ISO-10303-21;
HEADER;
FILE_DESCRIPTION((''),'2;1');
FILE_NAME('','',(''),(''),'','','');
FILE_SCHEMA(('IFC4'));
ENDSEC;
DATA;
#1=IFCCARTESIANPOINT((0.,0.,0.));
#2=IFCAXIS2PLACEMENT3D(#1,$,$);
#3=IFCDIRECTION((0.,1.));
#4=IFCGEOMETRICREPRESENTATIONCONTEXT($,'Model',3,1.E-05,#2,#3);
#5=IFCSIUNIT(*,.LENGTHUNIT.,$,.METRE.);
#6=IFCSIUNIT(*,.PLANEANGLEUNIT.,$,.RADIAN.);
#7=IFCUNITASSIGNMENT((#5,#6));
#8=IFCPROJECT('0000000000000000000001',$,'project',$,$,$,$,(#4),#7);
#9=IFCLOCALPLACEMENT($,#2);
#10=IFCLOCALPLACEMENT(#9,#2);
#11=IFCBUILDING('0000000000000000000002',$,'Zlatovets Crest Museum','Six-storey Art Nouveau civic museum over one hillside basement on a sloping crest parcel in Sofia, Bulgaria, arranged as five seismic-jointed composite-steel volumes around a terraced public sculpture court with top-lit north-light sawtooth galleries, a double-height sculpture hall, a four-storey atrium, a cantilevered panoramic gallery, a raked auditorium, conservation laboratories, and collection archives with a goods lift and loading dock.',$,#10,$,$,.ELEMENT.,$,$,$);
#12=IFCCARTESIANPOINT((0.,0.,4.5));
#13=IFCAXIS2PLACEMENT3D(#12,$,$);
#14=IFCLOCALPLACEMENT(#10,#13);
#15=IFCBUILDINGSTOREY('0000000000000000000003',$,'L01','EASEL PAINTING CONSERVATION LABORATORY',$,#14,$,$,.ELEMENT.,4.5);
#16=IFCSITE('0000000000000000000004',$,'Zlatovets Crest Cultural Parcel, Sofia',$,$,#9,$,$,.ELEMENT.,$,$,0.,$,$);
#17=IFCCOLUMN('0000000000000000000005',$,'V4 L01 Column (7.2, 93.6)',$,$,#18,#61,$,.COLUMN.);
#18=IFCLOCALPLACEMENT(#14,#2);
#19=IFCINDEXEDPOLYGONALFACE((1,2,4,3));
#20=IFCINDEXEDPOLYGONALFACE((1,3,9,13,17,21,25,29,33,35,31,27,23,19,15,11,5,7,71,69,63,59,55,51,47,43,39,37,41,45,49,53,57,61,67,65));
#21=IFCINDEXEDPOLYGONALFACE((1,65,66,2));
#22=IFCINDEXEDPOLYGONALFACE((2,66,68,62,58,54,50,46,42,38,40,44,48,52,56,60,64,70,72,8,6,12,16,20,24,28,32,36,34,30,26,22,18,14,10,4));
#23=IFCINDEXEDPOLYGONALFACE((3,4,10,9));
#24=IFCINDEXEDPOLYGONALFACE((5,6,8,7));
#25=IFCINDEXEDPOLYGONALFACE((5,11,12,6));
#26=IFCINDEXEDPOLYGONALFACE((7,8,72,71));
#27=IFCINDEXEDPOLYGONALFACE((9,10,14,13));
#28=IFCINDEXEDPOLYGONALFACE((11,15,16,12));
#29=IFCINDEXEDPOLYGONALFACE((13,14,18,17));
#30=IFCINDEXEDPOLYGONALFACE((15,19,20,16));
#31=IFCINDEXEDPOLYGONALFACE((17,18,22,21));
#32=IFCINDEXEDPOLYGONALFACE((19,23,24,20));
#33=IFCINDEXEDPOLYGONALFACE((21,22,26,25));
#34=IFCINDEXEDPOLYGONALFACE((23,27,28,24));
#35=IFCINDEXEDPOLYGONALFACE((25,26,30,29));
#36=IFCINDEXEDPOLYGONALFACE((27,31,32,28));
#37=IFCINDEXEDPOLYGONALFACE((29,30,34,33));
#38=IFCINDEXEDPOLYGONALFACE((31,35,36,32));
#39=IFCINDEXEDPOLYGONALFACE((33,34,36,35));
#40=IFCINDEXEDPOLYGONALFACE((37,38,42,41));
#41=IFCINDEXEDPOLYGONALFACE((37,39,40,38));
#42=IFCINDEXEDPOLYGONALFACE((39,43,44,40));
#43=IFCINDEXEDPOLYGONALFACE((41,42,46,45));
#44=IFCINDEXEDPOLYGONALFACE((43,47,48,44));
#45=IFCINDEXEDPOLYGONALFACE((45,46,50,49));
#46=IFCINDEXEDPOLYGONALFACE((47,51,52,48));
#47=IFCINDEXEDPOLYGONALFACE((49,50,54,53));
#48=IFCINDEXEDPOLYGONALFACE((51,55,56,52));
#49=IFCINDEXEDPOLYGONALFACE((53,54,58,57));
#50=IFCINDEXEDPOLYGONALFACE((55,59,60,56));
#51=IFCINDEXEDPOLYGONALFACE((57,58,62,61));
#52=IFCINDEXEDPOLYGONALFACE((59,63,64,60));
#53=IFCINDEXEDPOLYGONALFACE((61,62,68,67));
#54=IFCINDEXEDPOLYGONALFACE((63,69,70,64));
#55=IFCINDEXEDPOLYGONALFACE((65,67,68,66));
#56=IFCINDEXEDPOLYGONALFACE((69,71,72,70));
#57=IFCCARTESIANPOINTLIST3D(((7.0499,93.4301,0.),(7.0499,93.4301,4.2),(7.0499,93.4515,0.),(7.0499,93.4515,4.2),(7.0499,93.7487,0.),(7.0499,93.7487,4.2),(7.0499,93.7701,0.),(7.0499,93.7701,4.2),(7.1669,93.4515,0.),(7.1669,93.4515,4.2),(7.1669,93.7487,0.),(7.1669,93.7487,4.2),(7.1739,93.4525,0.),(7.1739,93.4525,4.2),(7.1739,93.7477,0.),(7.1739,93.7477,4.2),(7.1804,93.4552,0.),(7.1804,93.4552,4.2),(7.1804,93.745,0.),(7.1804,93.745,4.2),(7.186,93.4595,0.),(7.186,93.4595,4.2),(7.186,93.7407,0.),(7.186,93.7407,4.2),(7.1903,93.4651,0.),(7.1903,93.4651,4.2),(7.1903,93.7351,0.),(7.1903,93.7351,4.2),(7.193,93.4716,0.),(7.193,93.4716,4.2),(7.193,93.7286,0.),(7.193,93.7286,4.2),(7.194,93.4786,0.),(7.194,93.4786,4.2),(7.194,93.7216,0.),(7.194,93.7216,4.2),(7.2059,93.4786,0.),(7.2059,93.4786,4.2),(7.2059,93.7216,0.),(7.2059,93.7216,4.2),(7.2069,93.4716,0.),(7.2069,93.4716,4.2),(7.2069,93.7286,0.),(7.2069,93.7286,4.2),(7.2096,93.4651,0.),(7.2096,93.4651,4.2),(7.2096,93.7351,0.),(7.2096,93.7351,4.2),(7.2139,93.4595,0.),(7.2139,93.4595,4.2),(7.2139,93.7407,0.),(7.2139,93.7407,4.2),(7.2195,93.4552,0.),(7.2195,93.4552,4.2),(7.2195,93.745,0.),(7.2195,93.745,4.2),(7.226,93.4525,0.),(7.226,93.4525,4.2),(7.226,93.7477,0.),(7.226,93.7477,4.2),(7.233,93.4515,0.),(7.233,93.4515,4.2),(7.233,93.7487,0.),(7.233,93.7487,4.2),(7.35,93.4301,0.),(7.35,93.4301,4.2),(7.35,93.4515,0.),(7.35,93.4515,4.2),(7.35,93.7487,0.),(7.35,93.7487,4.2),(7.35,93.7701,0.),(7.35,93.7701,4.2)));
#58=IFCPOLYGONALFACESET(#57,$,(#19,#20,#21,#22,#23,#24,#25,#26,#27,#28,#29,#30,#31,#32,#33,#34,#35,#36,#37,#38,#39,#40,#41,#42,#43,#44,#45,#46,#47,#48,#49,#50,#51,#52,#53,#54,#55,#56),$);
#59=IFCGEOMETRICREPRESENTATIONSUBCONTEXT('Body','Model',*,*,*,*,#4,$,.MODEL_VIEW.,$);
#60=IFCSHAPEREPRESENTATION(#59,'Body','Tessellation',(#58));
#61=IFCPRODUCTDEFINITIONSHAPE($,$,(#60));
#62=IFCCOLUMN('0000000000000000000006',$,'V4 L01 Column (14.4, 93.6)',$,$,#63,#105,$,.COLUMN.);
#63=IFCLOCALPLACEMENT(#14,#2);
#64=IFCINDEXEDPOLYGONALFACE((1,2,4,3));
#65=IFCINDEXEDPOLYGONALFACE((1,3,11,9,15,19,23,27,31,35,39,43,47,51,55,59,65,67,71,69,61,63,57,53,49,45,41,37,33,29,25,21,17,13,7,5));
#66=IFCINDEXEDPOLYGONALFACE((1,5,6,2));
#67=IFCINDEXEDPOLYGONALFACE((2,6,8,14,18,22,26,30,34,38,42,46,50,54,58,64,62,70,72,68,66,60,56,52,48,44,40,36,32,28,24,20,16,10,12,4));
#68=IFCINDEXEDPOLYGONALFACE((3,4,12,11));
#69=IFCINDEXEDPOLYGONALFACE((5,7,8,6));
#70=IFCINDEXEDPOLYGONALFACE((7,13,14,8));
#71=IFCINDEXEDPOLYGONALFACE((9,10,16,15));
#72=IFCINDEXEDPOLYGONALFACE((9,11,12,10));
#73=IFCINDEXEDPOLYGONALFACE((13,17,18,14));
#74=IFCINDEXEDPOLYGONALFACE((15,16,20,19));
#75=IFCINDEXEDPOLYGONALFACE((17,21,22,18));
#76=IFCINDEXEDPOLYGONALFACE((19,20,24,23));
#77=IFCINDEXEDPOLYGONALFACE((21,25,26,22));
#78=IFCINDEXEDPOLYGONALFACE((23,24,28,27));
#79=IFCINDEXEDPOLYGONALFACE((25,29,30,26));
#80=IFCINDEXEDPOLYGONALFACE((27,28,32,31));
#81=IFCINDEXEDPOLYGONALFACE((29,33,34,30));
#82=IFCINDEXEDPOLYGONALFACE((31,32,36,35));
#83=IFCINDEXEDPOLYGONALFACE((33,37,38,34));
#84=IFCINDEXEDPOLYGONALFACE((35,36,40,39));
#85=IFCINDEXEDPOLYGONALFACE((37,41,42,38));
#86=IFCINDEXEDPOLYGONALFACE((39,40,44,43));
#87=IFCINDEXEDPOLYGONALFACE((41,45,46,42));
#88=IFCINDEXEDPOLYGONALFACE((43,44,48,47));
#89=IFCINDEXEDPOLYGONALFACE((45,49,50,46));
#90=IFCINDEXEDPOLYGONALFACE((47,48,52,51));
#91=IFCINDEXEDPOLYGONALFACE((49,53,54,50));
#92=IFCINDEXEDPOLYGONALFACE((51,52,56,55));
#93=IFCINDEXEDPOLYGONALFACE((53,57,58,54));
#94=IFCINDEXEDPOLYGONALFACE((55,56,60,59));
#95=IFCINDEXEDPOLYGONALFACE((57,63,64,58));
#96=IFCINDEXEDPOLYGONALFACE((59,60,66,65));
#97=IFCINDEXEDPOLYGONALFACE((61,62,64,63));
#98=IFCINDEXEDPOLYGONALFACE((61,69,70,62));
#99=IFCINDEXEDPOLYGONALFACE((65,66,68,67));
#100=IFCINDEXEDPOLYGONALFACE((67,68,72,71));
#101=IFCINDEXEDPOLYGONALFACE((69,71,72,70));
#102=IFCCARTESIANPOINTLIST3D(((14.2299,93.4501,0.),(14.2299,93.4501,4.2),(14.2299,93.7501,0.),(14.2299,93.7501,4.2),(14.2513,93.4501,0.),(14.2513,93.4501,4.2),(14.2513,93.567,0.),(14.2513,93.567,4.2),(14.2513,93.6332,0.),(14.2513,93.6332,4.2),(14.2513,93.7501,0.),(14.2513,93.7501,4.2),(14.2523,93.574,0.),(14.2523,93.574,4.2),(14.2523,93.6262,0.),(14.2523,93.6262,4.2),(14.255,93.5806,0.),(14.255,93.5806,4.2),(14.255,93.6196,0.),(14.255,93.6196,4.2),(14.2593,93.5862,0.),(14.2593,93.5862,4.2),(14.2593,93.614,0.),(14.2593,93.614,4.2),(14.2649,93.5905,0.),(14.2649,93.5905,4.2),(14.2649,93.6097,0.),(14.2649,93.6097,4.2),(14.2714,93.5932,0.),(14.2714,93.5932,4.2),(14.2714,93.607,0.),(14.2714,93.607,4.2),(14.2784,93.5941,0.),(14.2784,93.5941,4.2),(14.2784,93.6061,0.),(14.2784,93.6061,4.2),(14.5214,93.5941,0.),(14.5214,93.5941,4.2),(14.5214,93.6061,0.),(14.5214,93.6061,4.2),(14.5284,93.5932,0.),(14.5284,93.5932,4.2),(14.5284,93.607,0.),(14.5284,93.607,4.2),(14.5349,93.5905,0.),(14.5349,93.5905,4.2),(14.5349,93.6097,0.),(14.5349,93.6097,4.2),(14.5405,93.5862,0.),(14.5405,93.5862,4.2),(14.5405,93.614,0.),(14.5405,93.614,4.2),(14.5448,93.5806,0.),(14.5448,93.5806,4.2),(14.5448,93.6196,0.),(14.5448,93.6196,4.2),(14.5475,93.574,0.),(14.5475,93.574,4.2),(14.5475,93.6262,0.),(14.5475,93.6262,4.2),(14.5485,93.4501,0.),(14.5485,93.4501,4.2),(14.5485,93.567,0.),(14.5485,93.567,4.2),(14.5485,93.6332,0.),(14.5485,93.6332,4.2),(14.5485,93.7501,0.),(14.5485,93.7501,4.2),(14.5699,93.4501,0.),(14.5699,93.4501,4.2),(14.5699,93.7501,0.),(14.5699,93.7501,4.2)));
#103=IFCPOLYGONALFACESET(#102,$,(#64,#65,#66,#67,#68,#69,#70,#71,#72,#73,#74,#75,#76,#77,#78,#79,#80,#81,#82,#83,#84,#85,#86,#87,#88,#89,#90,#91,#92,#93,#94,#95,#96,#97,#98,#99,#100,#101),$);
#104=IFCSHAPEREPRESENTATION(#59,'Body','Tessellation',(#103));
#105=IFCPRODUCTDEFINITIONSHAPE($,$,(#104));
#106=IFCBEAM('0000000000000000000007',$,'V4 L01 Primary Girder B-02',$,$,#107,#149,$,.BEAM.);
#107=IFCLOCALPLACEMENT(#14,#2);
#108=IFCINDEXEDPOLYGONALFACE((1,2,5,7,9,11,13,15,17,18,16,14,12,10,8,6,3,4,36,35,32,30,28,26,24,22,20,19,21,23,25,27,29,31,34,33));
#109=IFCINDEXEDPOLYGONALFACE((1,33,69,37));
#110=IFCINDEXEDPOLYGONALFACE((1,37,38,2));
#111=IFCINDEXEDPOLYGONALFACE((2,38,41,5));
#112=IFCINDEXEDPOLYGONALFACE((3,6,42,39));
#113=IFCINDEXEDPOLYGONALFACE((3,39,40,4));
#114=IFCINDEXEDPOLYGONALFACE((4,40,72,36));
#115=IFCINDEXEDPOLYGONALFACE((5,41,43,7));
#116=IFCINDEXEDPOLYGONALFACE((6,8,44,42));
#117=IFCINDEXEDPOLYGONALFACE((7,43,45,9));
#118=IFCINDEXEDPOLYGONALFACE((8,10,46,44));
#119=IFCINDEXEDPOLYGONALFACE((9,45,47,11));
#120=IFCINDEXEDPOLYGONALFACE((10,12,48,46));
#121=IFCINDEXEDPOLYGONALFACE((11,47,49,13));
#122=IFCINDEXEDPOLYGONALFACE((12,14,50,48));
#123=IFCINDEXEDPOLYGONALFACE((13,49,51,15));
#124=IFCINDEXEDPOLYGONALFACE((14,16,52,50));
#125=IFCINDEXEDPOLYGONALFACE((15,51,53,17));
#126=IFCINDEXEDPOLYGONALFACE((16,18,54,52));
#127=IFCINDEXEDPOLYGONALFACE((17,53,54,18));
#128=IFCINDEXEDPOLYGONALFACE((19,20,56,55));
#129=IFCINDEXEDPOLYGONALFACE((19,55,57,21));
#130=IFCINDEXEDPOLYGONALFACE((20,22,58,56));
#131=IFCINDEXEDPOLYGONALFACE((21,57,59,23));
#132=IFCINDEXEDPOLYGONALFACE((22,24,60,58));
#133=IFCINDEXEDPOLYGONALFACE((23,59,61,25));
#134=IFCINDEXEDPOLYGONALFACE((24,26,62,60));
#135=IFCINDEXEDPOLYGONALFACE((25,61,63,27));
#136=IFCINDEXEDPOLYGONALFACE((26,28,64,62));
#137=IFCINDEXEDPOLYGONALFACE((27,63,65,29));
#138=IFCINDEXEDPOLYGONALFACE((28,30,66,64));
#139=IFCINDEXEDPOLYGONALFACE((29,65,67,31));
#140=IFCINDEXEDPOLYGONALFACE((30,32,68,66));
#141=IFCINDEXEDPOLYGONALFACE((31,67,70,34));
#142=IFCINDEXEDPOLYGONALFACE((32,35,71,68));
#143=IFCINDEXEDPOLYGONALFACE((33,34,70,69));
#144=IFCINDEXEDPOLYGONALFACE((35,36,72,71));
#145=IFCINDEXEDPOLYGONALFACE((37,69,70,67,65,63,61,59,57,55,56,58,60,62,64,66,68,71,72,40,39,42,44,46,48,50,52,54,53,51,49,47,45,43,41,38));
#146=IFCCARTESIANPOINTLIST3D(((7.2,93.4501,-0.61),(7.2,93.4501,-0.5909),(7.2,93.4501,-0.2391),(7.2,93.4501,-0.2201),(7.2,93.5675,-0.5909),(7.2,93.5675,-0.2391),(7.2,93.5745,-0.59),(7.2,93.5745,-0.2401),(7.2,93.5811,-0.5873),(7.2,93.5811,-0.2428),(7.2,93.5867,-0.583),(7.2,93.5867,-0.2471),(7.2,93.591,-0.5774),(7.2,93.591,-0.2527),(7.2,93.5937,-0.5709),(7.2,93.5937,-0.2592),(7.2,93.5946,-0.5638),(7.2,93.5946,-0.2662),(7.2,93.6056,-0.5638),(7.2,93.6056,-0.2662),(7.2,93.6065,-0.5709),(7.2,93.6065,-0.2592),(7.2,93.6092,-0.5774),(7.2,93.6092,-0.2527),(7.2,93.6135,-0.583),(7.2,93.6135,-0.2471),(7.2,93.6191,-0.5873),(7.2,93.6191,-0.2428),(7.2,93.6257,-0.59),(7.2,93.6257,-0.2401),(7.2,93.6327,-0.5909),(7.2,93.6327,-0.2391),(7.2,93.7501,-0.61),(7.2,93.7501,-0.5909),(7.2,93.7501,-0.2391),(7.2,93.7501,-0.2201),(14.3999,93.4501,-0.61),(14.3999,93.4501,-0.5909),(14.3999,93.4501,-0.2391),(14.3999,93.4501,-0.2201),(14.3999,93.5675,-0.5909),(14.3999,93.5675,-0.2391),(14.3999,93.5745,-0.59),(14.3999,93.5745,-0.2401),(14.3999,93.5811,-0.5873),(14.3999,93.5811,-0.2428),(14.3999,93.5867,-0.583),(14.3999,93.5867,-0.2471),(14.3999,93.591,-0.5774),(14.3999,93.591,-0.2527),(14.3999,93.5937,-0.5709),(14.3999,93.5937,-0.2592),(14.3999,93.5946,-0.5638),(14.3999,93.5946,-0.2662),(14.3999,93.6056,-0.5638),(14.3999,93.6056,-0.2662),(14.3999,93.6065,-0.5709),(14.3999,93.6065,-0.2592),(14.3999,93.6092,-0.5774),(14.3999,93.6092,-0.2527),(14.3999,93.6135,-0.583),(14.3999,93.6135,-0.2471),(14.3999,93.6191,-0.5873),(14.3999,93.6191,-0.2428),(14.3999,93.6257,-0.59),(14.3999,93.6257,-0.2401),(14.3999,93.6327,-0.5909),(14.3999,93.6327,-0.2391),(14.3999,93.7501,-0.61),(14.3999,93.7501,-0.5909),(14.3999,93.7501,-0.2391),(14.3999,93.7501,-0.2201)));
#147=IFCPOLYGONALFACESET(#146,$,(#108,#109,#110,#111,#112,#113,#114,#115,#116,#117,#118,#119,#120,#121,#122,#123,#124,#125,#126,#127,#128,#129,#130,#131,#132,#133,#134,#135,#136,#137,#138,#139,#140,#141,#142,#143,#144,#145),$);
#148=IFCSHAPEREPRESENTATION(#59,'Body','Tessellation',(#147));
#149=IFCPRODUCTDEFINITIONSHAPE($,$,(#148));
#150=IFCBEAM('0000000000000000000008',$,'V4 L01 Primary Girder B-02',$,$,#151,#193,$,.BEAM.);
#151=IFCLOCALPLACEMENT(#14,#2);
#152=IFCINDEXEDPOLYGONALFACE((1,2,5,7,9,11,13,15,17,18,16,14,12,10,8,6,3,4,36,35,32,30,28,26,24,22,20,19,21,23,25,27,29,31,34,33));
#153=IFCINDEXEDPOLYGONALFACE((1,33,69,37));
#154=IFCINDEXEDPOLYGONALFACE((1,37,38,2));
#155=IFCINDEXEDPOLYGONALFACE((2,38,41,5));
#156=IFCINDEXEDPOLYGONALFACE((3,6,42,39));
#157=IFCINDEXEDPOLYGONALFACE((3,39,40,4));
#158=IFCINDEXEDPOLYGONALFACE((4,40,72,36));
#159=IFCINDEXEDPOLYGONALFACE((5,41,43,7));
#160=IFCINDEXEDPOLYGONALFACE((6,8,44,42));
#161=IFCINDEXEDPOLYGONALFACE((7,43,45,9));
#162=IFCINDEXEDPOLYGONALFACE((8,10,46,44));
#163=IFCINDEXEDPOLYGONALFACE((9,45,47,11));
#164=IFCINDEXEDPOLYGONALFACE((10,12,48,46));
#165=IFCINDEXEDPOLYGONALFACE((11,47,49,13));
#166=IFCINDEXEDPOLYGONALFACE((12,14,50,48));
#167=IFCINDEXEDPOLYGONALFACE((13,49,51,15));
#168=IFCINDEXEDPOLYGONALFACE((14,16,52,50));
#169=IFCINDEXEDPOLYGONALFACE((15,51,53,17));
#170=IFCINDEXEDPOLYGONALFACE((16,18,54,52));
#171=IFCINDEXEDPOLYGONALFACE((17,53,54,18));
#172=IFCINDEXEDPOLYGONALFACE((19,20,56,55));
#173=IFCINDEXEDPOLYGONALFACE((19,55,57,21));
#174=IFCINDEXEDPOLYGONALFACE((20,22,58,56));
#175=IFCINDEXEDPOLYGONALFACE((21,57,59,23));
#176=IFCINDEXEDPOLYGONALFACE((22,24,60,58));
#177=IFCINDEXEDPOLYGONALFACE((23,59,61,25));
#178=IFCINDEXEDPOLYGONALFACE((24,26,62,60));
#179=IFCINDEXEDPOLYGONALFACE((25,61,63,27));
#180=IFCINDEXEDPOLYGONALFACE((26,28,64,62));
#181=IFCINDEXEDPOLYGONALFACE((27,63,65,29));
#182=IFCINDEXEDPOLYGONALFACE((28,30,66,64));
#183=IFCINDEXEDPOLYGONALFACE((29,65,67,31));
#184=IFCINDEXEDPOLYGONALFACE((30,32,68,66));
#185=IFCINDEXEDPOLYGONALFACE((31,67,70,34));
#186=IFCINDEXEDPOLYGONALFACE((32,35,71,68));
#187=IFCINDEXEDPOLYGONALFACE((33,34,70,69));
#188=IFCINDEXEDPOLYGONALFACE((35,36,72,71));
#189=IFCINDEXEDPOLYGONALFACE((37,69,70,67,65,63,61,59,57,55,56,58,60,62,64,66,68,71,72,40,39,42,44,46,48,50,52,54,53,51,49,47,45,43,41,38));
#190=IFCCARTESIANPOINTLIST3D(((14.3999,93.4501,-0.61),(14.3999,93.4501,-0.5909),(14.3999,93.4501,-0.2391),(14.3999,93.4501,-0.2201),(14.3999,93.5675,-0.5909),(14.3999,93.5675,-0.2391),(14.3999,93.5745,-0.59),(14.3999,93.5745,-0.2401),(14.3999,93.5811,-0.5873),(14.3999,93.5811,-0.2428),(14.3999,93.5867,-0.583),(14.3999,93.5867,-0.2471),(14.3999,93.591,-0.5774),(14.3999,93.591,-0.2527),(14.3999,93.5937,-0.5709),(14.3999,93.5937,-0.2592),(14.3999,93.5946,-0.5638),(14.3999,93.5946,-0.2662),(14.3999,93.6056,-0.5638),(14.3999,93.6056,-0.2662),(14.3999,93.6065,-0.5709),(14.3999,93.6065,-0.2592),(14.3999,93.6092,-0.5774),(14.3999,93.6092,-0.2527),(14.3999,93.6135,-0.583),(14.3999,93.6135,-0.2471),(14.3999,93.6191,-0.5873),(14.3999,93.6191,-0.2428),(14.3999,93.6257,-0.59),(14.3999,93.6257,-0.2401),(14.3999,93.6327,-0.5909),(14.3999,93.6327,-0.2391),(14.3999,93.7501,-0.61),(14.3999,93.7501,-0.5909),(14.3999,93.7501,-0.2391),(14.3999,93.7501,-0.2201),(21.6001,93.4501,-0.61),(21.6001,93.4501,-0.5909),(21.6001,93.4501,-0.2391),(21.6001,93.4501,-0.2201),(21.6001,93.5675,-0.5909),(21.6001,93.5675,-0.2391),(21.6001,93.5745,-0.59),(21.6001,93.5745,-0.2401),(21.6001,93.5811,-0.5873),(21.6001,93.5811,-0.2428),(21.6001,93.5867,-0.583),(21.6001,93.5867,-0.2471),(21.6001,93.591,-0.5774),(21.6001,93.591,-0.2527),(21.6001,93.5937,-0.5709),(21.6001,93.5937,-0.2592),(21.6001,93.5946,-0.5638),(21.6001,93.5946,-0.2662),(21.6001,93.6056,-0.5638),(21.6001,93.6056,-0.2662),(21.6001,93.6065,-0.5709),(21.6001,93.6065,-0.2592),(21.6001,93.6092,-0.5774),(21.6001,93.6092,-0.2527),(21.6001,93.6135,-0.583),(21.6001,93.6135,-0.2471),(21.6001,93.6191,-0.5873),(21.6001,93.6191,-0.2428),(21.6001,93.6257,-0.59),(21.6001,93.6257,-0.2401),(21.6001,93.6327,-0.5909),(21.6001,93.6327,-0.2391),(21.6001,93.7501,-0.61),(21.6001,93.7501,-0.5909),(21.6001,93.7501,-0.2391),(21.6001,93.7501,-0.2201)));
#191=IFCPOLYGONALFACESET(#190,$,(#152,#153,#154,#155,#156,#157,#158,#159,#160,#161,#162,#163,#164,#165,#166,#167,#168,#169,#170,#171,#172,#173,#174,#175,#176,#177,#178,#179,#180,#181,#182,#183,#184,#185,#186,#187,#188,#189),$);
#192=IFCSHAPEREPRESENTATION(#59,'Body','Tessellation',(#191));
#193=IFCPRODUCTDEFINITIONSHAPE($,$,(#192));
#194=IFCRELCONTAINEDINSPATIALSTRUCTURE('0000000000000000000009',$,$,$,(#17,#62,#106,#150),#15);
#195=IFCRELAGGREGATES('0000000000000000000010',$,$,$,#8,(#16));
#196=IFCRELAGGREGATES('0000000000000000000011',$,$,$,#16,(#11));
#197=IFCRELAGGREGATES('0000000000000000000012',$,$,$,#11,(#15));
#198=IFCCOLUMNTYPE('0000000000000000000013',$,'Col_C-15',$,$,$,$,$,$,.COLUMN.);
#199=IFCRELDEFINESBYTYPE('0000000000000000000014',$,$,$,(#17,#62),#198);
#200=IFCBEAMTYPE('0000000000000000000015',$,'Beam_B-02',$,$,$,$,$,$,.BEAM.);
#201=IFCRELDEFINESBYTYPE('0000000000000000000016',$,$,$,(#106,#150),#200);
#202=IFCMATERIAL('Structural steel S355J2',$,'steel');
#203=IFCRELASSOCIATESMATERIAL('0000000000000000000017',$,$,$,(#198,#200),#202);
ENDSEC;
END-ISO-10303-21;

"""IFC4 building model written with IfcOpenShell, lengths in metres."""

from ifc_helpers import new_model, si_unit, direction, frame, origin, origin_2d, place, context, subcontext, project, spatial, i_section, extrude, material, material_profile, profile_set, type_object, element, save


model = new_model("IFC4")

# Units and contexts
model_context = context("Model", 3, precision=1e-05, world=origin(), true_north=direction((0.0, 1.0)))
body_context = subcontext(model_context, "Body", "Model", "MODEL_VIEW")
ifc_project = project(units=[si_unit("LENGTHUNIT", "METRE"), si_unit("PLANEANGLEUNIT", "RADIAN")], contexts=[model_context])

# Site, building, storey
site_placement = place(None, origin())
site = spatial("IfcSite", under=ifc_project, at=site_placement, Name="Zlatovets Crest Cultural Parcel, Sofia", CompositionType="ELEMENT", RefElevation=0.0)
building_placement = place(site_placement, origin())
building = spatial("IfcBuilding", under=site, at=building_placement, Name="Zlatovets Crest Museum", Description="Six-storey Art Nouveau civic museum over one hillside basement on a sloping crest parcel in Sofia, Bulgaria, arranged as five seismic-jointed composite-steel volumes around a terraced public sculpture court with top-lit north-light sawtooth galleries, a double-height sculpture hall, a four-storey atrium, a cantilevered panoramic gallery, a raked auditorium, conservation laboratories, and collection archives with a goods lift and loading dock.", CompositionType="ELEMENT")
storey_placement = place(building_placement, frame((0.0, 0.0, 4.5)))
storey = spatial("IfcBuildingStorey", under=building, at=storey_placement, Name="L01", Description="EASEL PAINTING CONSERVATION LABORATORY", CompositionType="ELEMENT", Elevation=4.5)

# Columns
ifc_material_1 = material(Name="Structural steel S355J2", Category="steel")
ifc_material_profile_1 = material_profile(ifc_material_1, i_section(OverallWidth=0.3, OverallDepth=0.3401, WebThickness=0.012, FlangeThickness=0.0215, FilletRadius=0.0271, at=origin_2d()), Name="HEB 340")
ifc_profile_set_1 = profile_set([ifc_material_profile_1], Name="Structural steel S355J2")
column_type = type_object("IfcColumnType", Name="Col_C-15", PredefinedType="COLUMN", material=ifc_profile_set_1)
for number, where, z_axis, x_axis, name in (
    (1, (7.2, 93.6001, 0.0), (0.0, 0.0, 1.0), (1.0, 0.0, 0.0), "V4 L01 Column (7.2, 93.6)"),
    (2, (14.3999, 93.6001, 0.0), (0.0, 0.0, 1.0), (0.0, 1.0, 0.0), "V4 L01 Column (14.4, 93.6)"),
):
    element("IfcColumn", number, at=place(storey_placement, frame(where, z_axis=z_axis, x_axis=x_axis)), inside=storey, type_object=column_type, Name=name, PredefinedType="COLUMN", context=body_context, shape_type="SweptSolid", body=[
        extrude(i_section(OverallWidth=0.3, OverallDepth=0.3401, WebThickness=0.012, FlangeThickness=0.0215, FilletRadius=0.0271, at=origin_2d()), origin(), (0.0, 0.0, 1.0), 4.2),
    ])

# Beams
ifc_material_profile_2 = material_profile(ifc_material_1, i_section(OverallWidth=0.3, OverallDepth=0.3899, WebThickness=0.011, FlangeThickness=0.019, FilletRadius=0.0271, at=origin_2d()), Name="HEA 400")
ifc_profile_set_2 = profile_set([ifc_material_profile_2], Name="Structural steel S355J2")
beam_type_1 = type_object("IfcBeamType", Name="Beam_B-02", PredefinedType="BEAM", material=ifc_profile_set_2)
beam_1_placement = place(storey_placement, frame((7.2, 93.6001, -0.415), z_axis=(1.0, 0.0, 0.0), x_axis=(0.0, 1.0, 0.0)))
element("IfcBeam", 3, at=beam_1_placement, inside=storey, type_object=beam_type_1, Name="V4 L01 Primary Girder B-02", PredefinedType="BEAM", context=body_context, shape_type="SweptSolid", body=[
    extrude(i_section(OverallWidth=0.3, OverallDepth=0.3899, WebThickness=0.011, FlangeThickness=0.019, FilletRadius=0.0271, at=origin_2d()), origin(), (0.0, 0.0, 1.0), 7.2),
])
beam_2_placement = place(storey_placement, frame((14.3999, 93.6001, -0.415), z_axis=(1.0, 0.0, 0.0), x_axis=(0.0, 1.0, 0.0)))
element("IfcBeam", 4, at=beam_2_placement, inside=storey, type_object=beam_type_1, Name="V4 L01 Primary Girder B-02", PredefinedType="BEAM", context=body_context, shape_type="SweptSolid", body=[
    extrude(i_section(OverallWidth=0.3, OverallDepth=0.3899, WebThickness=0.011, FlangeThickness=0.019, FilletRadius=0.0271, at=origin_2d()), origin(), (0.0, 0.0, 1.0), 7.2002),
])

save(model, "model.ifc")
